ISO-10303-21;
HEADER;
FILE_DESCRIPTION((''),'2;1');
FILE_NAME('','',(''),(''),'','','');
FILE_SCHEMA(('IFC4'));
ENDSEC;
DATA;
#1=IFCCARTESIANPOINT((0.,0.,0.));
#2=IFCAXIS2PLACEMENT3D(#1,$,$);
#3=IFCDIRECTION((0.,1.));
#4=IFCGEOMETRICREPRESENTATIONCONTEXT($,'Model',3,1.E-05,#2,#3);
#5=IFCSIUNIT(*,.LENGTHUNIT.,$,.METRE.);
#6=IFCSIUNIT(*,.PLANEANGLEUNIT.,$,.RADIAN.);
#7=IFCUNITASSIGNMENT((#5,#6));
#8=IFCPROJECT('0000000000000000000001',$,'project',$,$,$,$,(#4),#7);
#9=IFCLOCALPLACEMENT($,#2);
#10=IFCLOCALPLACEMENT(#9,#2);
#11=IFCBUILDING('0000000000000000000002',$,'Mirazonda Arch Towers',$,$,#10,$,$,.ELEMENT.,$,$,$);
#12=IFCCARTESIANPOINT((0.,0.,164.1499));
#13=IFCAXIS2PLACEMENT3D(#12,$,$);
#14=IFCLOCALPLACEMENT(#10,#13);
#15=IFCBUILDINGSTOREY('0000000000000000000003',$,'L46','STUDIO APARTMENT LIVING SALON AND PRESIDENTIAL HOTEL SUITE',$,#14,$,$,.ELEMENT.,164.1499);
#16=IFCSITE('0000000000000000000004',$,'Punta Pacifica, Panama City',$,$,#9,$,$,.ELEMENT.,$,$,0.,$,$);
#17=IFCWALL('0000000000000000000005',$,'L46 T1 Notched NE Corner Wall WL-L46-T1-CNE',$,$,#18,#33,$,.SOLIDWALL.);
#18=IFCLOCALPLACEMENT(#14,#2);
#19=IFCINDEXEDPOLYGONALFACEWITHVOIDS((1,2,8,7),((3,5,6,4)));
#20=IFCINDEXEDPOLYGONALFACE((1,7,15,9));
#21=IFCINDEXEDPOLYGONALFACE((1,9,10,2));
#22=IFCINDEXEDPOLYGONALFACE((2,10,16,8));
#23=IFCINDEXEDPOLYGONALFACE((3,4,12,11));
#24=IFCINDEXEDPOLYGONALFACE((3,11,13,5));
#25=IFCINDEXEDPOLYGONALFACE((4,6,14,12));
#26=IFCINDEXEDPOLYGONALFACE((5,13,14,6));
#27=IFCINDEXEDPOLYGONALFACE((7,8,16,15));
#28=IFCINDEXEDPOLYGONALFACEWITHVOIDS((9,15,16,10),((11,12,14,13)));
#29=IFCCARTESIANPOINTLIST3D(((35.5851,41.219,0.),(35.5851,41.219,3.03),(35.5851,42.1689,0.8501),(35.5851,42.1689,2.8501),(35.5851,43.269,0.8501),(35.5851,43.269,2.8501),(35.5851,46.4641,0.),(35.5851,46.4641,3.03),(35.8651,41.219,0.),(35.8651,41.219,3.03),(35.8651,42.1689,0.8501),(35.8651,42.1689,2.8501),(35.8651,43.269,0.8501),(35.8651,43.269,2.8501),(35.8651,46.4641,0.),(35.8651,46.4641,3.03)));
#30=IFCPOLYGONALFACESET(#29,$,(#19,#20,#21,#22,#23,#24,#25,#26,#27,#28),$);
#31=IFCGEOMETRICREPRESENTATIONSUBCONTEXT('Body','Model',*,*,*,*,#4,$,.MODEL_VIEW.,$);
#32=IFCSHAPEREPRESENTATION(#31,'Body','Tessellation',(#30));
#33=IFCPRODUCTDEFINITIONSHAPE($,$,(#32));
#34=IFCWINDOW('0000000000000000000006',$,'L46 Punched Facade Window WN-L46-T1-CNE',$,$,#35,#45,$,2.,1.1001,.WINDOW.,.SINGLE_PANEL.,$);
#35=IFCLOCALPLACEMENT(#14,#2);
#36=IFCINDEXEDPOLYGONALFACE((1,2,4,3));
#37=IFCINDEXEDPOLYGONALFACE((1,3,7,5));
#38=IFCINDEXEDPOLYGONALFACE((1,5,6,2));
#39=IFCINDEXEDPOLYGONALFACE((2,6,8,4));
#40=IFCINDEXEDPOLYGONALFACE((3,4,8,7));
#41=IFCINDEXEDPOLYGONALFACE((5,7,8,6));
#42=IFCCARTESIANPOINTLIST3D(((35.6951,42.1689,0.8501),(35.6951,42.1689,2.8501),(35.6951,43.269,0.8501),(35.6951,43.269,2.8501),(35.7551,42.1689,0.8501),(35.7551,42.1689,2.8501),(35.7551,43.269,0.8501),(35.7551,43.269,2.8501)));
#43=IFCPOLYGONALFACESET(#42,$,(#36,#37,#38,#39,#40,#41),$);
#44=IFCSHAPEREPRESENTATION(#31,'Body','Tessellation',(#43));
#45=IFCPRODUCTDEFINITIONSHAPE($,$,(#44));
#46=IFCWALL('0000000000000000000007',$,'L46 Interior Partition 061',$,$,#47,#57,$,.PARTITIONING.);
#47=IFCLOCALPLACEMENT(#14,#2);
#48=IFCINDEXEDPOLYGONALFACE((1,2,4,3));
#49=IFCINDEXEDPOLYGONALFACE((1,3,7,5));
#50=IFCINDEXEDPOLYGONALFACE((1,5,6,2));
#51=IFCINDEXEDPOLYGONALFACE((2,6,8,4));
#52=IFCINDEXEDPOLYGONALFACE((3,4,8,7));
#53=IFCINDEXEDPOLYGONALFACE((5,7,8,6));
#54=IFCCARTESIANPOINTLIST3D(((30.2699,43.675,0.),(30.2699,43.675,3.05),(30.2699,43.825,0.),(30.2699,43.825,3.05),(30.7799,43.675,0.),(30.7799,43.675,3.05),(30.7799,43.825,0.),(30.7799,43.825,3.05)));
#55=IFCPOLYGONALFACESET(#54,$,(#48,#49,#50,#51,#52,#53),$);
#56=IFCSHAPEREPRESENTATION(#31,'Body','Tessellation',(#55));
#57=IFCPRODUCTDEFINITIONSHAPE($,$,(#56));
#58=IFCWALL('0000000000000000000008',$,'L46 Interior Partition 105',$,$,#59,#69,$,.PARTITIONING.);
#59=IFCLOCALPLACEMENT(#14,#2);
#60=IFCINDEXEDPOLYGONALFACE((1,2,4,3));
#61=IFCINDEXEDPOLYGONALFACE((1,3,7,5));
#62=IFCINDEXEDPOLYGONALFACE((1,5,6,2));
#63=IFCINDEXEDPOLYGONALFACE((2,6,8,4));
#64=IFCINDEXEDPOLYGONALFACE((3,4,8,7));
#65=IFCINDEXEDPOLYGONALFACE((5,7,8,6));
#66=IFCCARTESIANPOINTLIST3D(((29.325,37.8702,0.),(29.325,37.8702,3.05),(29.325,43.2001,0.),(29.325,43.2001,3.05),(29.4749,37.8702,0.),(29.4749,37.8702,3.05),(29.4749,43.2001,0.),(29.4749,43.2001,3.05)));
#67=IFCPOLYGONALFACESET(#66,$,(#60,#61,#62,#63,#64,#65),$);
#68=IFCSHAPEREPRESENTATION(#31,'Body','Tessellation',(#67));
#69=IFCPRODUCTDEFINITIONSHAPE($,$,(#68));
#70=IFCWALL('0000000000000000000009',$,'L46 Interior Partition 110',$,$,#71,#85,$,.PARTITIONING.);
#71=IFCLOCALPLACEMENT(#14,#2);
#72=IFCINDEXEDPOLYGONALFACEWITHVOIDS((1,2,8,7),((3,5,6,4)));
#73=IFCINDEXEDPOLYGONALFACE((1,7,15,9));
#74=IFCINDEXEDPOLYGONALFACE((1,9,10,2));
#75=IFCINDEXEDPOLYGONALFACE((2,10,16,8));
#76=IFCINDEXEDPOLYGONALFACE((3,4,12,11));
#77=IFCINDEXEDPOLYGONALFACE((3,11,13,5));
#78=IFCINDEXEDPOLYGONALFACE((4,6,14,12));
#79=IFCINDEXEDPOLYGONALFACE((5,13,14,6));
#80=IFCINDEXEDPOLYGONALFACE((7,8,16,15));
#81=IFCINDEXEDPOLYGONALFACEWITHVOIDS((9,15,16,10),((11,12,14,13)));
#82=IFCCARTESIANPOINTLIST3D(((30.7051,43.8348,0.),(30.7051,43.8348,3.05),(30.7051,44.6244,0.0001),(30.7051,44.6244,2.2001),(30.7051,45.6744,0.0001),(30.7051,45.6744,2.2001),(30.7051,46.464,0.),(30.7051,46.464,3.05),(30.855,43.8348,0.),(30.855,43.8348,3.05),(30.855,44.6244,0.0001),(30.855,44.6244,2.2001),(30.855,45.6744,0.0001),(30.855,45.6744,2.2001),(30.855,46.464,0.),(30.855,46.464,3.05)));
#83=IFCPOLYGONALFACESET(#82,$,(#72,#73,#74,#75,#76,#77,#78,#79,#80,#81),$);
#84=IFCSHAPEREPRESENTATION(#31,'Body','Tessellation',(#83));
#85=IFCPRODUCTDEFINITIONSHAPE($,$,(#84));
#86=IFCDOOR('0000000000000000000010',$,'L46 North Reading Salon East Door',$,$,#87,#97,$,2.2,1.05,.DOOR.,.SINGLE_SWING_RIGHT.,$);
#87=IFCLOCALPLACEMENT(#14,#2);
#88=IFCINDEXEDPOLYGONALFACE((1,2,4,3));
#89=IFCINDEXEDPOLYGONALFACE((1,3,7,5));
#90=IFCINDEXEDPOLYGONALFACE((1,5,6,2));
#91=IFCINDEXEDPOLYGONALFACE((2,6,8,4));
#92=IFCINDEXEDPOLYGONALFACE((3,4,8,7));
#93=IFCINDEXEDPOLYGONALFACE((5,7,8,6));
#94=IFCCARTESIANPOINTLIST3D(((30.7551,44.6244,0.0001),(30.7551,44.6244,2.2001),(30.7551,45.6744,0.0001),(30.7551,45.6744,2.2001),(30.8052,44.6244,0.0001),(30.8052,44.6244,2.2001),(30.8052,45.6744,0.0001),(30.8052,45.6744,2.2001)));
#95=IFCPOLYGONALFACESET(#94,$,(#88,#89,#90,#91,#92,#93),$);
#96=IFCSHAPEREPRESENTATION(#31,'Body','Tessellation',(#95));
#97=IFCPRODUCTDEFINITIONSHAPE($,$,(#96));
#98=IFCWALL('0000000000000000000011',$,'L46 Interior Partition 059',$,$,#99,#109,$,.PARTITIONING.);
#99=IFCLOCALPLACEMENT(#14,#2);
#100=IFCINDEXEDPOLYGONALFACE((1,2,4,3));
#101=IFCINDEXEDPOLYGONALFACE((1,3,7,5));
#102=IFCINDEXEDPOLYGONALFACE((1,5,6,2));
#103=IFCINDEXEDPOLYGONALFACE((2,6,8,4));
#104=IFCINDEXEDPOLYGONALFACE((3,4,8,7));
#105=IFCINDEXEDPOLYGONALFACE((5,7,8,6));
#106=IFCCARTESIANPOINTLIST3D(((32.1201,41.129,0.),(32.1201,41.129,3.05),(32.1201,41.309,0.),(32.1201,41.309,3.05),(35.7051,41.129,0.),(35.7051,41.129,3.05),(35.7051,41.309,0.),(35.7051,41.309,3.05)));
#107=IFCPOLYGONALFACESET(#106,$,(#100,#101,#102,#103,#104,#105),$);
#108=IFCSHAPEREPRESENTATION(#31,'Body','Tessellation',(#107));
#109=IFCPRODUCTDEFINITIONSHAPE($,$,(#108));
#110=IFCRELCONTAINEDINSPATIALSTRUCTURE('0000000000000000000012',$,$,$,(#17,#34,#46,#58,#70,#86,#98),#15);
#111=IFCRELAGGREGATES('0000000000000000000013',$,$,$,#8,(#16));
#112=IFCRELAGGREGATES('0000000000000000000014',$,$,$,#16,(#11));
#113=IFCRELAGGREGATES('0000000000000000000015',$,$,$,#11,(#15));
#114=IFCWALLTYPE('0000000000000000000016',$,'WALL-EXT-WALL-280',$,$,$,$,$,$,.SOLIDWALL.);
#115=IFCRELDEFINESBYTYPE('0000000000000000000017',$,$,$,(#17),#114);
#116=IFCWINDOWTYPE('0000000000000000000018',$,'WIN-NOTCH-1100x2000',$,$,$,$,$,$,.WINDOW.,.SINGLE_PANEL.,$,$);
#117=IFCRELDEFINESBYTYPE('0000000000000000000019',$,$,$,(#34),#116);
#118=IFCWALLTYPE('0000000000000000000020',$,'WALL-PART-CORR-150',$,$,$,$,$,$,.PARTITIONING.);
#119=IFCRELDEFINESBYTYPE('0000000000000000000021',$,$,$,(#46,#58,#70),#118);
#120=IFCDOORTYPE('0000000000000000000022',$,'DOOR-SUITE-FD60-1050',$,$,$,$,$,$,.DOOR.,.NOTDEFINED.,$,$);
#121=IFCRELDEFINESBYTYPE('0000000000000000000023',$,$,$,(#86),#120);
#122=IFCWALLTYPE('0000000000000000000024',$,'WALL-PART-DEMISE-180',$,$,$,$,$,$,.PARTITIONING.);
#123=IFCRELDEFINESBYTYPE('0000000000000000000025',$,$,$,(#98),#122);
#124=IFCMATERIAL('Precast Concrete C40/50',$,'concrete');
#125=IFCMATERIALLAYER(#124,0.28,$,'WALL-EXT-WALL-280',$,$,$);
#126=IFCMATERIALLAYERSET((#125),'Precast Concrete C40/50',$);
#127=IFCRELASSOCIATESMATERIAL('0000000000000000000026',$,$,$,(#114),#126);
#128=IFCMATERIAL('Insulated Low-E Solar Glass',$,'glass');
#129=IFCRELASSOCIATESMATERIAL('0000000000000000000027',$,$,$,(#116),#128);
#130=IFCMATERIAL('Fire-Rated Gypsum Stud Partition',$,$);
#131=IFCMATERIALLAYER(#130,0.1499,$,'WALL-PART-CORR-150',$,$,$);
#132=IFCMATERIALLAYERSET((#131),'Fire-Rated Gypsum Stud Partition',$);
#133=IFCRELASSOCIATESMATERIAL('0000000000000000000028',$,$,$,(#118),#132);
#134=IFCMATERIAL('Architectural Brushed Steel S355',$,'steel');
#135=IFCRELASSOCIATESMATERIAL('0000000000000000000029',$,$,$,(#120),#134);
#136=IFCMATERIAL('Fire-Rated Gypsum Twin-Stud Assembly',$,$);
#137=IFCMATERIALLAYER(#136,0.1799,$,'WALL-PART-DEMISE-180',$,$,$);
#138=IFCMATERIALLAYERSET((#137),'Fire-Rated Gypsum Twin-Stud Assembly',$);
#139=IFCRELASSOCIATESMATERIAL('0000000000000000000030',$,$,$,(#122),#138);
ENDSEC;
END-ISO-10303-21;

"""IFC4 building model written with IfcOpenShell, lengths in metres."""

from ifc_helpers import new_model, si_unit, direction, frame, frame_2d, origin, place, context, subcontext, project, spatial, rectangle, extrude, material, layer, layer_set, type_object, element, fill, save


model = new_model("IFC4")

# Units and contexts
model_context = context("Model", 3, precision=1e-05, world=origin(), true_north=direction((0.0, 1.0)))
body_context = subcontext(model_context, "Body", "Model", "MODEL_VIEW")
ifc_project = project(units=[si_unit("LENGTHUNIT", "METRE"), si_unit("PLANEANGLEUNIT", "RADIAN")], contexts=[model_context])

# Site, building, storey
site_placement = place(None, origin())
site = spatial("IfcSite", under=ifc_project, at=site_placement, Name="Punta Pacifica, Panama City", CompositionType="ELEMENT", RefElevation=0.0)
building_placement = place(site_placement, origin())
building = spatial("IfcBuilding", under=site, at=building_placement, Name="Mirazonda Arch Towers", CompositionType="ELEMENT")
storey_placement = place(building_placement, frame((0.0, 0.0, 164.1499)))
storey = spatial("IfcBuildingStorey", under=building, at=storey_placement, Name="L46", Description="STUDIO APARTMENT LIVING SALON AND PRESIDENTIAL HOTEL SUITE", CompositionType="ELEMENT", Elevation=164.1499)

# Shared definitions
ifc_material_1 = material(Name="Insulated Low-E Solar Glass", Category="glass")

# Wall, opening, window
ifc_material_2 = material(Name="Precast Concrete C40/50", Category="concrete")
ifc_layer_1 = layer(ifc_material_2, 0.28, Name="WALL-EXT-WALL-280")
ifc_layer_set_1 = layer_set([ifc_layer_1], Name="Precast Concrete C40/50")
wall_type_1 = type_object("IfcWallType", Name="WALL-EXT-WALL-280", PredefinedType="SOLIDWALL", material=ifc_layer_set_1)
wall_1_placement = place(storey_placement, frame((35.7251, 41.219, 0.0), z_axis=(0.0, 0.0, 1.0), x_axis=(0.0, 1.0, 0.0)))
wall_1 = element("IfcWall", 1, at=wall_1_placement, inside=storey, type_object=wall_type_1, Name="L46 T1 Notched NE Corner Wall WL-L46-T1-CNE", PredefinedType="SOLIDWALL", context=body_context, shape_type="SweptSolid", body=[
    extrude(rectangle(XDim=5.2451, YDim=0.28, at=frame_2d((2.6226, 0.0))), origin(), (0.0, 0.0, 1.0), 3.03),
])
opening_1_placement = place(wall_1_placement, frame((0.95, 0.0, 0.8501)))
opening_1 = element("IfcOpeningElement", 2, at=opening_1_placement, cuts=wall_1, PredefinedType="OPENING", context=body_context, shape_type="SweptSolid", body=[
    extrude(rectangle(XDim=1.1001, YDim=2.0, at=frame_2d((0.55, 1.0))), frame((0.0, 0.1499, 0.0), z_axis=(0.0, -1.0, 0.0), x_axis=(1.0, 0.0, 0.0)), (0.0, 0.0, 1.0), 0.3),
])
window_type = type_object("IfcWindowType", Name="WIN-NOTCH-1100x2000", PartitioningType="SINGLE_PANEL", PredefinedType="WINDOW", material=ifc_material_1)
window_placement = place(opening_1_placement, origin())
window = element("IfcWindow", 3, at=window_placement, inside=storey, type_object=window_type, Name="L46 Punched Facade Window WN-L46-T1-CNE", OverallHeight=2.0, OverallWidth=1.1001, PartitioningType="SINGLE_PANEL", PredefinedType="WINDOW", context=body_context, shape_type="SweptSolid", body=[
    extrude(rectangle(XDim=1.1001, YDim=2.0, at=frame_2d((0.55, 1.0))), frame((0.0, 0.03, 0.0), z_axis=(0.0, -1.0, 0.0), x_axis=(1.0, 0.0, 0.0)), (0.0, 0.0, 1.0), 0.0601),
])
fill(opening_1, window)

# Walls
ifc_material_3 = material(Name="Fire-Rated Gypsum Stud Partition")
ifc_layer_2 = layer(ifc_material_3, 0.1499, Name="WALL-PART-CORR-150")
ifc_layer_set_2 = layer_set([ifc_layer_2], Name="Fire-Rated Gypsum Stud Partition")
wall_type_2 = type_object("IfcWallType", Name="WALL-PART-CORR-150", PredefinedType="PARTITIONING", material=ifc_layer_set_2)
wall_2_placement = place(storey_placement, frame((30.27, 43.75, 0.0), z_axis=(0.0, 0.0, 1.0), x_axis=(1.0, 0.0, 0.0)))
element("IfcWall", 4, at=wall_2_placement, inside=storey, type_object=wall_type_2, Name="L46 Interior Partition 061", PredefinedType="PARTITIONING", context=body_context, shape_type="SweptSolid", body=[
    extrude(rectangle(XDim=0.51, YDim=0.1499, at=frame_2d((0.2549, 0.0))), origin(), (0.0, 0.0, 1.0), 3.05),
])
wall_3_placement = place(storey_placement, frame((29.3999, 37.8701, 0.0), z_axis=(0.0, 0.0, 1.0), x_axis=(0.0, 1.0, 0.0)))
element("IfcWall", 5, at=wall_3_placement, inside=storey, type_object=wall_type_2, Name="L46 Interior Partition 105", PredefinedType="PARTITIONING", context=body_context, shape_type="SweptSolid", body=[
    extrude(rectangle(XDim=5.3298, YDim=0.1499, at=frame_2d((2.665, 0.0))), origin(), (0.0, 0.0, 1.0), 3.05),
])

# Wall, opening, door
wall_4_placement = place(storey_placement, frame((30.78, 43.835, 0.0), z_axis=(0.0, 0.0, 1.0), x_axis=(0.0, 1.0, 0.0)))
wall_4 = element("IfcWall", 6, at=wall_4_placement, inside=storey, type_object=wall_type_2, Name="L46 Interior Partition 110", PredefinedType="PARTITIONING", context=body_context, shape_type="SweptSolid", body=[
    extrude(rectangle(XDim=2.6292, YDim=0.1499, at=frame_2d((1.3145, 0.0))), origin(), (0.0, 0.0, 1.0), 3.05),
])
opening_2_placement = place(wall_4_placement, frame((0.7896, 0.0, 0.0)))
opening_2 = element("IfcOpeningElement", 7, at=opening_2_placement, cuts=wall_4, PredefinedType="OPENING", context=body_context, shape_type="SweptSolid", body=[
    extrude(rectangle(XDim=1.05, YDim=2.2, at=frame_2d((0.5249, 1.1001))), frame((0.0, 0.085, 0.0), z_axis=(0.0, -1.0, 0.0), x_axis=(1.0, 0.0, 0.0)), (0.0, 0.0, 1.0), 0.1699),
])
ifc_material_4 = material(Name="Architectural Brushed Steel S355", Category="steel")
door_type_1 = type_object("IfcDoorType", Name="DOOR-SUITE-FD60-1050", OperationType="NOTDEFINED", PredefinedType="DOOR", material=ifc_material_4)
door_1_placement = place(opening_2_placement, origin())
door_1 = element("IfcDoor", 8, at=door_1_placement, inside=storey, type_object=door_type_1, Name="L46 North Reading Salon East Door", OperationType="SINGLE_SWING_RIGHT", OverallHeight=2.2, OverallWidth=1.05, PredefinedType="DOOR", context=body_context, shape_type="SweptSolid", body=[
    extrude(rectangle(XDim=1.05, YDim=2.2, at=frame_2d((0.5249, 1.1001))), frame((0.0, 0.0249, 0.0), z_axis=(0.0, -1.0, 0.0), x_axis=(1.0, 0.0, 0.0)), (0.0, 0.0, 1.0), 0.05),
])
fill(opening_2, door_1)

# Wall
ifc_material_5 = material(Name="Fire-Rated Gypsum Twin-Stud Assembly")
ifc_layer_3 = layer(ifc_material_5, 0.1799, Name="WALL-PART-DEMISE-180")
ifc_layer_set_3 = layer_set([ifc_layer_3], Name="Fire-Rated Gypsum Twin-Stud Assembly")
wall_type_3 = type_object("IfcWallType", Name="WALL-PART-DEMISE-180", PredefinedType="PARTITIONING", material=ifc_layer_set_3)
wall_5_placement = place(storey_placement, frame((32.1201, 41.219, 0.0), z_axis=(0.0, 0.0, 1.0), x_axis=(1.0, 0.0, 0.0)))
element("IfcWall", 9, at=wall_5_placement, inside=storey, type_object=wall_type_3, Name="L46 Interior Partition 059", PredefinedType="PARTITIONING", context=body_context, shape_type="SweptSolid", body=[
    extrude(rectangle(XDim=3.585, YDim=0.1799, at=frame_2d((1.7925, 0.0))), origin(), (0.0, 0.0, 1.0), 3.05),
])

save(model, "model.ifc")
